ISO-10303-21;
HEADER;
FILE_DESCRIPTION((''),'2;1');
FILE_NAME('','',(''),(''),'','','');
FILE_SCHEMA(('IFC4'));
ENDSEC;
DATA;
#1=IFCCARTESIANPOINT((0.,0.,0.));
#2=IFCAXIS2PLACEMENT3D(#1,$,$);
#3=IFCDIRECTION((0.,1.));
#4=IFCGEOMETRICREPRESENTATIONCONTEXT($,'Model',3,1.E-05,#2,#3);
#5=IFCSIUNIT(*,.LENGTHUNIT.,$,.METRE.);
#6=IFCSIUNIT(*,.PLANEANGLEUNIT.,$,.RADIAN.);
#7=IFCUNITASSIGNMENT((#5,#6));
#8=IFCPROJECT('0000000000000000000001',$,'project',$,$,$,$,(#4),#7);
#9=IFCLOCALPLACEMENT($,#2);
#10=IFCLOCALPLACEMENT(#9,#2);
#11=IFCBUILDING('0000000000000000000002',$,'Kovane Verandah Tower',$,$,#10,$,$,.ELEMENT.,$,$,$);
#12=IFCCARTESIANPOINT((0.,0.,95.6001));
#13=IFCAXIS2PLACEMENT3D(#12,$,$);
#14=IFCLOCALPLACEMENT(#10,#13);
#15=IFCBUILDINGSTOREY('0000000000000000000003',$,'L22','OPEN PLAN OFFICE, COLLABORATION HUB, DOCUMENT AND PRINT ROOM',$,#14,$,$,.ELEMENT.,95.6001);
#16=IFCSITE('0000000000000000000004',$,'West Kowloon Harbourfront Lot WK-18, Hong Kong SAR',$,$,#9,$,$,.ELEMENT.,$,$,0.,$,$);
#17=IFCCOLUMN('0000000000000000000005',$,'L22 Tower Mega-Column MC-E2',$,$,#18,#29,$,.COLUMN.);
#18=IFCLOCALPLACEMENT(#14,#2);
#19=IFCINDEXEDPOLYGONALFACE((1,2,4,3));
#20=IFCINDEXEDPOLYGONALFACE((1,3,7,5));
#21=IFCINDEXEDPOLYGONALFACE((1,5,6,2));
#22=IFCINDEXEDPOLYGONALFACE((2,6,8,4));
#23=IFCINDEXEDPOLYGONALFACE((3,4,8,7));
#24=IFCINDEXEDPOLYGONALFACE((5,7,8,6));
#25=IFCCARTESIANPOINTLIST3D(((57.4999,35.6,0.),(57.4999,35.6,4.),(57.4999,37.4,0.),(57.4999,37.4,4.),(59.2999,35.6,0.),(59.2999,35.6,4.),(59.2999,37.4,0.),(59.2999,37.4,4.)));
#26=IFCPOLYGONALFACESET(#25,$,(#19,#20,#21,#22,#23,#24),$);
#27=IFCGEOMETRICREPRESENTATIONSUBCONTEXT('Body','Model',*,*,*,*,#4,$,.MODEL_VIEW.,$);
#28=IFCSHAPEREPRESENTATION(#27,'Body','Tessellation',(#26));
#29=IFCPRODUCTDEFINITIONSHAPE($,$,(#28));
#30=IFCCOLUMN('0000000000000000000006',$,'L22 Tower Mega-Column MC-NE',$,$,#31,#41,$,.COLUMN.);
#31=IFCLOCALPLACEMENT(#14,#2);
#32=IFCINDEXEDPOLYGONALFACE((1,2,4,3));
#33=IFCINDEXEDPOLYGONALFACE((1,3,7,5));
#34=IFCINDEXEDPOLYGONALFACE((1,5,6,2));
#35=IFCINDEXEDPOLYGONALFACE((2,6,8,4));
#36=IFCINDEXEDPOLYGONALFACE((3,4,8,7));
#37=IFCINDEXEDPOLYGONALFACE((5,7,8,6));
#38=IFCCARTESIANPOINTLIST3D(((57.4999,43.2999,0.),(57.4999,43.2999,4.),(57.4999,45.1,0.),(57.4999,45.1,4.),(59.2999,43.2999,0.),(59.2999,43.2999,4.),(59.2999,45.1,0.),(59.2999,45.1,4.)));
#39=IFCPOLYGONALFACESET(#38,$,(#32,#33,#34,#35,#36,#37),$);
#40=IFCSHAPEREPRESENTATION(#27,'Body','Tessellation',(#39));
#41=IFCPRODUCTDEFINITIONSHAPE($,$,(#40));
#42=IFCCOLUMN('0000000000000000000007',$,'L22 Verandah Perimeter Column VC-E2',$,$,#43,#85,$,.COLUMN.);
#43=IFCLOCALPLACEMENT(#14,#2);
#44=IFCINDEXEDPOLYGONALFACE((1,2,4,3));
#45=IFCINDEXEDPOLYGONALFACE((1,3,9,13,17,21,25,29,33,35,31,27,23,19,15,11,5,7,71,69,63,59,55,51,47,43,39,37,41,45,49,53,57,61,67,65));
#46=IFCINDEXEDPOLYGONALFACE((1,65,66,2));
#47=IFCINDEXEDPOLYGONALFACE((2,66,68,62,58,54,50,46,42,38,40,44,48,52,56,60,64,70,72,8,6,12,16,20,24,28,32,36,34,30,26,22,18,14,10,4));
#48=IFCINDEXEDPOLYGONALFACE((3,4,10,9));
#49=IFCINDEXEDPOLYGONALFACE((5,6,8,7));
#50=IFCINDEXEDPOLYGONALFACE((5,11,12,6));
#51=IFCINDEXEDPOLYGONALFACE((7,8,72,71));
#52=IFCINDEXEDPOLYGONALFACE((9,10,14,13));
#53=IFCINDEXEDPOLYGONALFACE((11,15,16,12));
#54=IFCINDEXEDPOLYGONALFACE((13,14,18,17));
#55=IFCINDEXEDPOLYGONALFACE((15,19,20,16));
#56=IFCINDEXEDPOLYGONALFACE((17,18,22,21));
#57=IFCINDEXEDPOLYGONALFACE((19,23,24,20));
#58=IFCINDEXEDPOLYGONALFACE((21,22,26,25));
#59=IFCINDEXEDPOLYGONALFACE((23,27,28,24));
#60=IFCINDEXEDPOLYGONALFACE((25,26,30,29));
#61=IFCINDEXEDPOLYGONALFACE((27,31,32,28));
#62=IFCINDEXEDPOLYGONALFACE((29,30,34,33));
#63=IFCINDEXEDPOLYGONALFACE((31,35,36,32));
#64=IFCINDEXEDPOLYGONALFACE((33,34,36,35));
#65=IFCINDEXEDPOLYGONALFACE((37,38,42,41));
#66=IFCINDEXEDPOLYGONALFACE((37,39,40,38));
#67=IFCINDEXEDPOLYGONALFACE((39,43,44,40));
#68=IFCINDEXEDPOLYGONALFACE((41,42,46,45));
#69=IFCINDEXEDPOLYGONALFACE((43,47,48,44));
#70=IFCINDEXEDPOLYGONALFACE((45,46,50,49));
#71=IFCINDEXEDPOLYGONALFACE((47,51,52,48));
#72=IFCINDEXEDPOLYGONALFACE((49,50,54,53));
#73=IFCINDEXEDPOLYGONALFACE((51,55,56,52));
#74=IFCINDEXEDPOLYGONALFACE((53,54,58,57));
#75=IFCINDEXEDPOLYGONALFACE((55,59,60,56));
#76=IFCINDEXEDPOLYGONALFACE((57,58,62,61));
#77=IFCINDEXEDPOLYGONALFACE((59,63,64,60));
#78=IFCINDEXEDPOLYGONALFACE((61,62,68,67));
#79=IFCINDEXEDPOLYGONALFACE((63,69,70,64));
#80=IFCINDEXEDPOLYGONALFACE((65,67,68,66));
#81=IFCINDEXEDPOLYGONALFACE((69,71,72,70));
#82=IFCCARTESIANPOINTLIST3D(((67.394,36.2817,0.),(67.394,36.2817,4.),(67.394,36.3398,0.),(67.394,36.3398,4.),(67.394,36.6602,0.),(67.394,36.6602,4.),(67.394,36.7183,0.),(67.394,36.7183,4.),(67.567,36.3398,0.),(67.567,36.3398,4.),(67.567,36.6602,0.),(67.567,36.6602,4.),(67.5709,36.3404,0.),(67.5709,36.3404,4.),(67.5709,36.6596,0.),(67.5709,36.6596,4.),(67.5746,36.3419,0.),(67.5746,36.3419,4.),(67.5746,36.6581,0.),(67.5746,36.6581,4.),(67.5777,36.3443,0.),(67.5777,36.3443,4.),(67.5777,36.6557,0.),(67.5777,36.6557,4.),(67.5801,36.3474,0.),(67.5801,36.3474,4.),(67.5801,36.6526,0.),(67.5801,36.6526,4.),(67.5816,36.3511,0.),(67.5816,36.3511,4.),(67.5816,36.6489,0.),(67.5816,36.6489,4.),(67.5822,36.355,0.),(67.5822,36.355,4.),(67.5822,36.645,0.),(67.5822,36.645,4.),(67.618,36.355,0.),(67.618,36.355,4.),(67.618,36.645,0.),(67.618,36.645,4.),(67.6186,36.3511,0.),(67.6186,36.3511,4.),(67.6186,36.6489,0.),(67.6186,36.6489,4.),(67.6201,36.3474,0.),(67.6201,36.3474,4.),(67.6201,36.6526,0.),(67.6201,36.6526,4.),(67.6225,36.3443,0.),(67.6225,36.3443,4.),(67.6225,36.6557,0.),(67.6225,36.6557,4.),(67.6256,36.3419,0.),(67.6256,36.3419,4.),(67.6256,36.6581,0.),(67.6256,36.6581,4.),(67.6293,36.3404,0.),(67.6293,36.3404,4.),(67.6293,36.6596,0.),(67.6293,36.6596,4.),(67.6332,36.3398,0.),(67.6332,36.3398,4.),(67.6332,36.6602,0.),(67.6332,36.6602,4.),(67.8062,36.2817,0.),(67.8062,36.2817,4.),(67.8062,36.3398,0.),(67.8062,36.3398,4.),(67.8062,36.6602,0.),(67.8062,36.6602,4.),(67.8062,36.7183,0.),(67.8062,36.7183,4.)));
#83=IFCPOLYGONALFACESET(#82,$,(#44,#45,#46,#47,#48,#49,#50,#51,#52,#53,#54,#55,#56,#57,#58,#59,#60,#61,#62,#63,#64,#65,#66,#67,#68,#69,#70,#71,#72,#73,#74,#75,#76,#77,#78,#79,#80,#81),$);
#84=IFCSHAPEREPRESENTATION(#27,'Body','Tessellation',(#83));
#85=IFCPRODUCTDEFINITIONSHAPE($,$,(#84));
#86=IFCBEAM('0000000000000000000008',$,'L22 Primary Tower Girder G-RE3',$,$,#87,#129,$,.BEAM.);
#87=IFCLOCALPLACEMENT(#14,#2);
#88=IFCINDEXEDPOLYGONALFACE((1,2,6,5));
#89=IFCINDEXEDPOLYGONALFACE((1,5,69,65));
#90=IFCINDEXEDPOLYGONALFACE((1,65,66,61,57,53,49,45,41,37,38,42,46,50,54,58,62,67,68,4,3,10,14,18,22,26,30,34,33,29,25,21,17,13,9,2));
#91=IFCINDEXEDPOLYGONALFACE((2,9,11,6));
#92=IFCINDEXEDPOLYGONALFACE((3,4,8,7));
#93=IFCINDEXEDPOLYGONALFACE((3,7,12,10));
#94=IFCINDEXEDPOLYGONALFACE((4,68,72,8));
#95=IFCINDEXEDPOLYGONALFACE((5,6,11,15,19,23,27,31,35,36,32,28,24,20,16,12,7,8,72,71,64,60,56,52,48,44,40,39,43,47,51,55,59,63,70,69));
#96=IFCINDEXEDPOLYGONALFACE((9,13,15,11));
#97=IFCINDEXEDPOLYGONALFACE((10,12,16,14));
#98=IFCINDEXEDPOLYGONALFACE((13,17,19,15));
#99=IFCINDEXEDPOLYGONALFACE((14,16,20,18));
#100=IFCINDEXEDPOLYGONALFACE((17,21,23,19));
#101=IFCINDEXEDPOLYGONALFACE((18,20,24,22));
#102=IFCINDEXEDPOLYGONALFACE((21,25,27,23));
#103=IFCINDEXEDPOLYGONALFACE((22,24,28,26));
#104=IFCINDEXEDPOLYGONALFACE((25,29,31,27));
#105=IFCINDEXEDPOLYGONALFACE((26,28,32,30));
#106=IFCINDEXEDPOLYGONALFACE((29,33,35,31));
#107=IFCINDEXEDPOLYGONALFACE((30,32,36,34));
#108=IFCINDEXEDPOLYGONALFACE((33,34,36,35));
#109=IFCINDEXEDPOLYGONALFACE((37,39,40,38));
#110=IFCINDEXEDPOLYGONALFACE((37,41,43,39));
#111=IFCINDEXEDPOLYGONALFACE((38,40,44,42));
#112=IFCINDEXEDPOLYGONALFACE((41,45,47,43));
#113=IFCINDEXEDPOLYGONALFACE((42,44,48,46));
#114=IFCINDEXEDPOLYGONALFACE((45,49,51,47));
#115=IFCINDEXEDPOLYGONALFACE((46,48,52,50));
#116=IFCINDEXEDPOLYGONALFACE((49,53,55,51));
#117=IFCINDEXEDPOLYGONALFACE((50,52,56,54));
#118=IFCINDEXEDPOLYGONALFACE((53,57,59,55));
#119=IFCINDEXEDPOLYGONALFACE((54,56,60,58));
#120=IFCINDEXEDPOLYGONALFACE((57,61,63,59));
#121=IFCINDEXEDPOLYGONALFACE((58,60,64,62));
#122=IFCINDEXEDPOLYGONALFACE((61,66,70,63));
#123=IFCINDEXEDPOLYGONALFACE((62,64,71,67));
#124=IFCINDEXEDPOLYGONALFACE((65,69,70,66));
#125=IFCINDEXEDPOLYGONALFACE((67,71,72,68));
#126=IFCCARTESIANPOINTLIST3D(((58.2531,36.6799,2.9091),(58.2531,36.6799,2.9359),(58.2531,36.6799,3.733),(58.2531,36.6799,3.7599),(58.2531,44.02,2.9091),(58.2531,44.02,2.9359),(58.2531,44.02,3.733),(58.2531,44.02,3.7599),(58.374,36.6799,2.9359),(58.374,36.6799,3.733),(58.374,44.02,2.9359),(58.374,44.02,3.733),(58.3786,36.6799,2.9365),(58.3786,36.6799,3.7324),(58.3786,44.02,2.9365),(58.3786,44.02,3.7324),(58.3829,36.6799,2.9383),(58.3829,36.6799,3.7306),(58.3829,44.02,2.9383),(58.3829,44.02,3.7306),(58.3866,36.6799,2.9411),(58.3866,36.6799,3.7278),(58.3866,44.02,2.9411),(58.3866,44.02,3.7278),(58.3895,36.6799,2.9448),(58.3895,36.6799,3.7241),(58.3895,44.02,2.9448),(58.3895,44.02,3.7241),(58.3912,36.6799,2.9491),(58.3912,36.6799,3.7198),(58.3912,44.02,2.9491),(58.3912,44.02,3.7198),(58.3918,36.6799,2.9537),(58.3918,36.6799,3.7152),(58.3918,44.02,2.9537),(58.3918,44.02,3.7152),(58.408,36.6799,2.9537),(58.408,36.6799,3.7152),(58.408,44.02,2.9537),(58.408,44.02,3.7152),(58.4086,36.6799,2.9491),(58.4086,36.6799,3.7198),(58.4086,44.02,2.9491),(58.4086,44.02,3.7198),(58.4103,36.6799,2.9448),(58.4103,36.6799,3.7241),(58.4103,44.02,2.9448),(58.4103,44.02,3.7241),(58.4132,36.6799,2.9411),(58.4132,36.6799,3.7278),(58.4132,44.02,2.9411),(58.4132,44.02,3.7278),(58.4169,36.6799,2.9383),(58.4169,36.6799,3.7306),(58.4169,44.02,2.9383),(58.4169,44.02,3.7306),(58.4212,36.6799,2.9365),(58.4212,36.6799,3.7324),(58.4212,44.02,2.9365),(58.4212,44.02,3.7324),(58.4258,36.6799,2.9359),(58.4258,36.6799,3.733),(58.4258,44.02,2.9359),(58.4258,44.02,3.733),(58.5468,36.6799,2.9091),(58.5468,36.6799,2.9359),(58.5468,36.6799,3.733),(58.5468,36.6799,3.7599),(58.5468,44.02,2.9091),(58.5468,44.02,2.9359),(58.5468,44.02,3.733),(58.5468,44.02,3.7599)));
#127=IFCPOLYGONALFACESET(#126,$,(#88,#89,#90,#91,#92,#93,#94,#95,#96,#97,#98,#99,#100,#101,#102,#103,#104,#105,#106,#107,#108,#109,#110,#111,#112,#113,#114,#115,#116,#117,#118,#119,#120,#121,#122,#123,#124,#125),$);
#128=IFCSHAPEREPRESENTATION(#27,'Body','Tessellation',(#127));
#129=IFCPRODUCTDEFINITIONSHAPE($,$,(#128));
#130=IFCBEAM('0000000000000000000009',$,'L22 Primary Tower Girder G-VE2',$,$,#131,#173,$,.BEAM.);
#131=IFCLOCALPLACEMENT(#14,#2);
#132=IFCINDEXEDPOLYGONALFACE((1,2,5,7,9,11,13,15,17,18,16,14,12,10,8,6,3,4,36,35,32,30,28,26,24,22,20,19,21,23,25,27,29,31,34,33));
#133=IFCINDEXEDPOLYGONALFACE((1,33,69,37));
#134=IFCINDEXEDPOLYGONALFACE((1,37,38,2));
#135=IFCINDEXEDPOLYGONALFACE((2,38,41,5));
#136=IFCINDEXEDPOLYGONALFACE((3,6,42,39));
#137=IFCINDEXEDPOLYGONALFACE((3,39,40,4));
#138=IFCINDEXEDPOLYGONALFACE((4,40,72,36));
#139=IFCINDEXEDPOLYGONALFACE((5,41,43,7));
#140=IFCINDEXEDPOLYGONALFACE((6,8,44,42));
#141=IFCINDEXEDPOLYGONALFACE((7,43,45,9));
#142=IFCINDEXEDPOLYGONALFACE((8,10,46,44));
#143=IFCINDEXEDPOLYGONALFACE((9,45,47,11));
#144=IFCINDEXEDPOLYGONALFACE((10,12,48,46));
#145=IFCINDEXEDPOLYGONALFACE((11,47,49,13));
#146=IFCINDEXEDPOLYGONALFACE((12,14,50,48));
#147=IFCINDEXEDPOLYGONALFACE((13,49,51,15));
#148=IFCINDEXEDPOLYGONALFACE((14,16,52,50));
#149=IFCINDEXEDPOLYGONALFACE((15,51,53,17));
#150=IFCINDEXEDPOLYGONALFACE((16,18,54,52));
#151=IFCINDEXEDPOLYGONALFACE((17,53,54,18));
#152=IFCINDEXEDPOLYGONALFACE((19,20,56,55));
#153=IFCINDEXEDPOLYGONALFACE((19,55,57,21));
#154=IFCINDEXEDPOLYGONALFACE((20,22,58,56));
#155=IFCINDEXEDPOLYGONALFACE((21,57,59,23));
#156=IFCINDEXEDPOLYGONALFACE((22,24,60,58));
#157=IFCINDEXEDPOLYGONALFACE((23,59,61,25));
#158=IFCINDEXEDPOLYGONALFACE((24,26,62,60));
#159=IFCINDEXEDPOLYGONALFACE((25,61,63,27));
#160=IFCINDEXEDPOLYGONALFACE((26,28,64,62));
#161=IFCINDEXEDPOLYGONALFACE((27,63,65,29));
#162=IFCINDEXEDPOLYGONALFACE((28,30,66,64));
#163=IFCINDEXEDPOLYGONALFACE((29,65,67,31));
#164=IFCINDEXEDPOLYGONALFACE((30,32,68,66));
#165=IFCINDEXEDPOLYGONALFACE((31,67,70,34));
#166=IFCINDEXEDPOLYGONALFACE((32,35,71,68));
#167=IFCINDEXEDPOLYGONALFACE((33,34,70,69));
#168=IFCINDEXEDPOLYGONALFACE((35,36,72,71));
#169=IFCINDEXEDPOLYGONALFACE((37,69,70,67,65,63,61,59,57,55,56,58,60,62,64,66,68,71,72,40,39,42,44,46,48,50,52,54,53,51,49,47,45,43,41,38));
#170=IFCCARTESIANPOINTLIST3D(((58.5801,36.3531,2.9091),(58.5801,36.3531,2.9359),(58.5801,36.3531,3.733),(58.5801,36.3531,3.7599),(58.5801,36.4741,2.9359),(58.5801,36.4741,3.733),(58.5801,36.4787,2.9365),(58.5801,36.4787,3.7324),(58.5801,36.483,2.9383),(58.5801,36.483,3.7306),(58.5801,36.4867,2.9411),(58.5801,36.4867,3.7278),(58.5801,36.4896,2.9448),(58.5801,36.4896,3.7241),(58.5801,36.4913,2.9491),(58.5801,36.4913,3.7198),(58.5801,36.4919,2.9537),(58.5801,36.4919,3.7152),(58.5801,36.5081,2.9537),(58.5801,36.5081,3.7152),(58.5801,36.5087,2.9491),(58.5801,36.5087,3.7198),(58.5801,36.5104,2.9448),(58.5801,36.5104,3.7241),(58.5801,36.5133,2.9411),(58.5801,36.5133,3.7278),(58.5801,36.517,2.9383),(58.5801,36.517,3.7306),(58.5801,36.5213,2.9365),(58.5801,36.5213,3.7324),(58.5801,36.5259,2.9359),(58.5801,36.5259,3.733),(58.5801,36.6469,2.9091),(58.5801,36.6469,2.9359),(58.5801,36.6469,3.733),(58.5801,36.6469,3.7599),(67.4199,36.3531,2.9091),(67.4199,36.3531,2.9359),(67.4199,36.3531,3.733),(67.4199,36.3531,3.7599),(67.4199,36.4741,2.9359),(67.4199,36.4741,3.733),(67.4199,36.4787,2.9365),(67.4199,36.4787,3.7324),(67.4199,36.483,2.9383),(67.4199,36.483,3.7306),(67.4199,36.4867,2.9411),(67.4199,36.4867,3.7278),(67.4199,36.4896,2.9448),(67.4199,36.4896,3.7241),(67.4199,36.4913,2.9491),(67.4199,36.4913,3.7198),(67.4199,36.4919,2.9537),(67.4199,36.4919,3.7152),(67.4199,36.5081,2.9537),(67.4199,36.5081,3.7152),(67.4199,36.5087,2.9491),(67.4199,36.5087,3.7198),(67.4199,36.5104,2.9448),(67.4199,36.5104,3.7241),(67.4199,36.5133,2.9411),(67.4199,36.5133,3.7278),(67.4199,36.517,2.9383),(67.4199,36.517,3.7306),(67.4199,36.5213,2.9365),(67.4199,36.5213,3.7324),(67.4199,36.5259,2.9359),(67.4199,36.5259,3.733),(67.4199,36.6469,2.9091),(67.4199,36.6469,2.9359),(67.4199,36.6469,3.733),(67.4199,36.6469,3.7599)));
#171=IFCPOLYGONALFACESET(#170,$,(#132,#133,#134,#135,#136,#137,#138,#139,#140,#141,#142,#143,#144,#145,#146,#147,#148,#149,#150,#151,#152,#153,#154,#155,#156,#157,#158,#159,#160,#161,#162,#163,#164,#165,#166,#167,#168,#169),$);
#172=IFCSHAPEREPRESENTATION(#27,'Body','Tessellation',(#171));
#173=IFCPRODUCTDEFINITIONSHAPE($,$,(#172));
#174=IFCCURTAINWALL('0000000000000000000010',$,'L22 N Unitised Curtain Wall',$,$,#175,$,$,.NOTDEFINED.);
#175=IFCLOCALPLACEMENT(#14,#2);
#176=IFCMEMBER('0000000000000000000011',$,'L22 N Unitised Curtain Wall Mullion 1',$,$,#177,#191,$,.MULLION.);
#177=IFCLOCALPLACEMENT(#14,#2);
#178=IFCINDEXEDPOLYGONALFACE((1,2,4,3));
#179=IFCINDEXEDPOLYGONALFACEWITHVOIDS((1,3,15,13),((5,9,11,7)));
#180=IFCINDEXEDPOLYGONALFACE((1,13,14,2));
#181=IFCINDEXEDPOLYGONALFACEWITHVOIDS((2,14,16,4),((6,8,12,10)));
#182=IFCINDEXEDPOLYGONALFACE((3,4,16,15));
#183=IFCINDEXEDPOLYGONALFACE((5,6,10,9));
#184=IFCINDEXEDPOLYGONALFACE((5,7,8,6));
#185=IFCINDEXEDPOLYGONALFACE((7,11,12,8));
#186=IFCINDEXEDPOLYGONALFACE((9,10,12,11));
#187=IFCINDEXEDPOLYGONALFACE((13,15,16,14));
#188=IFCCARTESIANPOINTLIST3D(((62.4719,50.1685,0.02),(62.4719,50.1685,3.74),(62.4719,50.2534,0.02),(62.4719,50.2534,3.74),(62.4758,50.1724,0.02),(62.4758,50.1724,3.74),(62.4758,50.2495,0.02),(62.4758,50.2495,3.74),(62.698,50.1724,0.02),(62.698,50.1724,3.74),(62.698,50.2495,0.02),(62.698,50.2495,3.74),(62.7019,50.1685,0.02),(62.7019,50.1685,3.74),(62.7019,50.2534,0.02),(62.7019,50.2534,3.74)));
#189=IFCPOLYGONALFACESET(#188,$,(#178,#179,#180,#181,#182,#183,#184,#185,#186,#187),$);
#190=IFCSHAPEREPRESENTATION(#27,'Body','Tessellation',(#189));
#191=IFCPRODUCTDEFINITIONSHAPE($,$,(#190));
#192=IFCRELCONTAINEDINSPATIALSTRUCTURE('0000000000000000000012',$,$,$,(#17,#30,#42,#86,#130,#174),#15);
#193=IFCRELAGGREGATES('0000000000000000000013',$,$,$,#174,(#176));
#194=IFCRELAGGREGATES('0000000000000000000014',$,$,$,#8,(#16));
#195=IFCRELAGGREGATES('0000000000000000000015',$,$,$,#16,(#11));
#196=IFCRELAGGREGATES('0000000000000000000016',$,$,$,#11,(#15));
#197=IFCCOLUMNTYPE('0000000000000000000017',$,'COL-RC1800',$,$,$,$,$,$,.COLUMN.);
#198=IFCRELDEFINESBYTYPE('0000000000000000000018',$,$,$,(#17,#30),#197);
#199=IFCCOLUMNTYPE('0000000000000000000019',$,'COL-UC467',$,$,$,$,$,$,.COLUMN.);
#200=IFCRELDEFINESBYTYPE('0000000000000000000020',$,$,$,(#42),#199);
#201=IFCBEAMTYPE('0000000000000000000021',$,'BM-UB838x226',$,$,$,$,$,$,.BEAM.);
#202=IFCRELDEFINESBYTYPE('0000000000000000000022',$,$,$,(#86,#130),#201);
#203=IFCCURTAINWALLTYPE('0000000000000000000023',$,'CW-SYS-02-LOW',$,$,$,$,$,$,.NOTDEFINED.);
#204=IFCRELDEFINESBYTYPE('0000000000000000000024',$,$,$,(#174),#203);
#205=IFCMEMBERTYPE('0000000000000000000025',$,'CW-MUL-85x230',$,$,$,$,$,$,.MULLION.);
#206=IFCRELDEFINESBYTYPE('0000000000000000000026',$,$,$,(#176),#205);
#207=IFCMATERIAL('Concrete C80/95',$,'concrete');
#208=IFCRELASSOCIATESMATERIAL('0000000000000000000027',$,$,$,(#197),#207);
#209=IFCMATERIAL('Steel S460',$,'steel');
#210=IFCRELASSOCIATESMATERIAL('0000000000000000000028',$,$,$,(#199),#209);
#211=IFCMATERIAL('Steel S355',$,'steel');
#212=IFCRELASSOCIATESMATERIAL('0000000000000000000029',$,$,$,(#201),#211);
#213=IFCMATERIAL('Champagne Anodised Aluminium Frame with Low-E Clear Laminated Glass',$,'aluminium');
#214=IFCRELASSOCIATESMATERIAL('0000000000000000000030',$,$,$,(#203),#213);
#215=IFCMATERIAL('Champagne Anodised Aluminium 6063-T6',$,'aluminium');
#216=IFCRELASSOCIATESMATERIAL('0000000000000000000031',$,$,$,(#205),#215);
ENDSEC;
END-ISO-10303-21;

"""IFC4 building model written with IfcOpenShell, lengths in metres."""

from ifc_helpers import new_model, si_unit, direction, frame, origin, origin_2d, place, context, subcontext, project, spatial, rectangle, hollow_rectangle, i_section, extrude, material, material_profile, profile_set, type_object, element, aggregate, save


model = new_model("IFC4")

# Units and contexts
model_context = context("Model", 3, precision=1e-05, world=origin(), true_north=direction((0.0, 1.0)))
body_context = subcontext(model_context, "Body", "Model", "MODEL_VIEW")
ifc_project = project(units=[si_unit("LENGTHUNIT", "METRE"), si_unit("PLANEANGLEUNIT", "RADIAN")], contexts=[model_context])

# Site, building, storey
site_placement = place(None, origin())
site = spatial("IfcSite", under=ifc_project, at=site_placement, Name="West Kowloon Harbourfront Lot WK-18, Hong Kong SAR", CompositionType="ELEMENT", RefElevation=0.0)
building_placement = place(site_placement, origin())
building = spatial("IfcBuilding", under=site, at=building_placement, Name="Kovane Verandah Tower", CompositionType="ELEMENT")
storey_placement = place(building_placement, frame((0.0, 0.0, 95.6001)))
storey = spatial("IfcBuildingStorey", under=building, at=storey_placement, Name="L22", Description="OPEN PLAN OFFICE, COLLABORATION HUB, DOCUMENT AND PRINT ROOM", CompositionType="ELEMENT", Elevation=95.6001)

# Columns
ifc_material_1 = material(Name="Concrete C80/95", Category="concrete")
ifc_material_profile_1 = material_profile(ifc_material_1, rectangle(XDim=1.8, YDim=1.8, at=origin_2d()), Name="RC1800x1800")
ifc_profile_set_1 = profile_set([ifc_material_profile_1], Name="Concrete C80/95")
column_type_1 = type_object("IfcColumnType", Name="COL-RC1800", PredefinedType="COLUMN", material=ifc_profile_set_1)
for number, where, z_axis, x_axis, name in (
    (1, (58.3999, 36.5, 0.0), (0.0, 0.0, 1.0), (1.0, 0.0, 0.0), "L22 Tower Mega-Column MC-E2"),
    (2, (58.3999, 44.2, 0.0), (0.0, 0.0, 1.0), (1.0, 0.0, 0.0), "L22 Tower Mega-Column MC-NE"),
):
    element("IfcColumn", number, at=place(storey_placement, frame(where, z_axis=z_axis, x_axis=x_axis)), inside=storey, type_object=column_type_1, Name=name, PredefinedType="COLUMN", context=body_context, shape_type="SweptSolid", body=[
        extrude(rectangle(XDim=1.8, YDim=1.8, at=origin_2d()), origin(), (0.0, 0.0, 1.0), 4.0),
    ])
ifc_material_2 = material(Name="Steel S460", Category="steel")
ifc_material_profile_2 = material_profile(ifc_material_2, i_section(OverallWidth=0.4121, OverallDepth=0.4365, WebThickness=0.0359, FlangeThickness=0.0581, FilletRadius=0.0151, at=origin_2d()), Name="UC356x406x467")
ifc_profile_set_2 = profile_set([ifc_material_profile_2], Name="Steel S460")
column_type_2 = type_object("IfcColumnType", Name="COL-UC467", PredefinedType="COLUMN", material=ifc_profile_set_2)
column_placement = place(storey_placement, frame((67.6001, 36.5, 0.0), z_axis=(0.0, 0.0, 1.0), x_axis=(1.0, 0.0, 0.0)))
element("IfcColumn", 3, at=column_placement, inside=storey, type_object=column_type_2, Name="L22 Verandah Perimeter Column VC-E2", PredefinedType="COLUMN", context=body_context, shape_type="SweptSolid", body=[
    extrude(i_section(OverallWidth=0.4121, OverallDepth=0.4365, WebThickness=0.0359, FlangeThickness=0.0581, FilletRadius=0.0151, at=origin_2d()), origin(), (0.0, 0.0, 1.0), 4.0),
])

# Beams
ifc_material_3 = material(Name="Steel S355", Category="steel")
ifc_material_profile_3 = material_profile(ifc_material_3, i_section(OverallWidth=0.2937, OverallDepth=0.8508, WebThickness=0.0161, FlangeThickness=0.0269, FilletRadius=0.0178, at=origin_2d()), Name="UB838x292x226")
ifc_profile_set_3 = profile_set([ifc_material_profile_3], Name="Steel S355")
beam_type_1 = type_object("IfcBeamType", Name="BM-UB838x226", PredefinedType="BEAM", material=ifc_profile_set_3)
beam_1_placement = place(storey_placement, frame((58.3999, 36.6799, 3.3345), z_axis=(0.0, 1.0, 0.0), x_axis=(-1.0, 0.0, 0.0)))
element("IfcBeam", 4, at=beam_1_placement, inside=storey, type_object=beam_type_1, Name="L22 Primary Tower Girder G-RE3", PredefinedType="BEAM", context=body_context, shape_type="SweptSolid", body=[
    extrude(i_section(OverallWidth=0.2937, OverallDepth=0.8508, WebThickness=0.0161, FlangeThickness=0.0269, FilletRadius=0.0178, at=origin_2d()), origin(), (0.0, 0.0, 1.0), 7.3401),
])
beam_2_placement = place(storey_placement, frame((58.5801, 36.5, 3.3345), z_axis=(1.0, 0.0, 0.0), x_axis=(0.0, 1.0, 0.0)))
element("IfcBeam", 5, at=beam_2_placement, inside=storey, type_object=beam_type_1, Name="L22 Primary Tower Girder G-VE2", PredefinedType="BEAM", context=body_context, shape_type="SweptSolid", body=[
    extrude(i_section(OverallWidth=0.2937, OverallDepth=0.8508, WebThickness=0.0161, FlangeThickness=0.0269, FilletRadius=0.0178, at=origin_2d()), origin(), (0.0, 0.0, 1.0), 8.8398),
])

# Curtain wall, member
ifc_material_4 = material(Name="Champagne Anodised Aluminium Frame with Low-E Clear Laminated Glass", Category="aluminium")
curtain_wall_type = type_object("IfcCurtainWallType", Name="CW-SYS-02-LOW", PredefinedType="NOTDEFINED", material=ifc_material_4)
curtain_wall_placement = place(storey_placement, origin())
curtain_wall = element("IfcCurtainWall", 6, at=curtain_wall_placement, inside=storey, type_object=curtain_wall_type, Name="L22 N Unitised Curtain Wall", PredefinedType="NOTDEFINED")
ifc_material_5 = material(Name="Champagne Anodised Aluminium 6063-T6", Category="aluminium")
ifc_material_profile_4 = material_profile(ifc_material_5, hollow_rectangle(XDim=0.085, YDim=0.23, WallThickness=0.0039, at=origin_2d()), Name="AL85x230x4")
ifc_profile_set_4 = profile_set([ifc_material_profile_4], Name="Champagne Anodised Aluminium 6063-T6")
member_type_1 = type_object("IfcMemberType", Name="CW-MUL-85x230", PredefinedType="MULLION", material=ifc_profile_set_4)
member_1_placement = place(storey_placement, frame((62.5869, 50.2109, 0.02), z_axis=(0.0, 0.0, 1.0), x_axis=(0.0, 1.0, 0.0)))
member_1 = element("IfcMember", 7, at=member_1_placement, type_object=member_type_1, Name="L22 N Unitised Curtain Wall Mullion 1", PredefinedType="MULLION", context=body_context, shape_type="SweptSolid", body=[
    extrude(hollow_rectangle(XDim=0.085, YDim=0.23, WallThickness=0.0039, at=origin_2d()), origin(), (0.0, 0.0, 1.0), 3.72),
])

aggregate(curtain_wall, [member_1])

save(model, "model.ifc")
